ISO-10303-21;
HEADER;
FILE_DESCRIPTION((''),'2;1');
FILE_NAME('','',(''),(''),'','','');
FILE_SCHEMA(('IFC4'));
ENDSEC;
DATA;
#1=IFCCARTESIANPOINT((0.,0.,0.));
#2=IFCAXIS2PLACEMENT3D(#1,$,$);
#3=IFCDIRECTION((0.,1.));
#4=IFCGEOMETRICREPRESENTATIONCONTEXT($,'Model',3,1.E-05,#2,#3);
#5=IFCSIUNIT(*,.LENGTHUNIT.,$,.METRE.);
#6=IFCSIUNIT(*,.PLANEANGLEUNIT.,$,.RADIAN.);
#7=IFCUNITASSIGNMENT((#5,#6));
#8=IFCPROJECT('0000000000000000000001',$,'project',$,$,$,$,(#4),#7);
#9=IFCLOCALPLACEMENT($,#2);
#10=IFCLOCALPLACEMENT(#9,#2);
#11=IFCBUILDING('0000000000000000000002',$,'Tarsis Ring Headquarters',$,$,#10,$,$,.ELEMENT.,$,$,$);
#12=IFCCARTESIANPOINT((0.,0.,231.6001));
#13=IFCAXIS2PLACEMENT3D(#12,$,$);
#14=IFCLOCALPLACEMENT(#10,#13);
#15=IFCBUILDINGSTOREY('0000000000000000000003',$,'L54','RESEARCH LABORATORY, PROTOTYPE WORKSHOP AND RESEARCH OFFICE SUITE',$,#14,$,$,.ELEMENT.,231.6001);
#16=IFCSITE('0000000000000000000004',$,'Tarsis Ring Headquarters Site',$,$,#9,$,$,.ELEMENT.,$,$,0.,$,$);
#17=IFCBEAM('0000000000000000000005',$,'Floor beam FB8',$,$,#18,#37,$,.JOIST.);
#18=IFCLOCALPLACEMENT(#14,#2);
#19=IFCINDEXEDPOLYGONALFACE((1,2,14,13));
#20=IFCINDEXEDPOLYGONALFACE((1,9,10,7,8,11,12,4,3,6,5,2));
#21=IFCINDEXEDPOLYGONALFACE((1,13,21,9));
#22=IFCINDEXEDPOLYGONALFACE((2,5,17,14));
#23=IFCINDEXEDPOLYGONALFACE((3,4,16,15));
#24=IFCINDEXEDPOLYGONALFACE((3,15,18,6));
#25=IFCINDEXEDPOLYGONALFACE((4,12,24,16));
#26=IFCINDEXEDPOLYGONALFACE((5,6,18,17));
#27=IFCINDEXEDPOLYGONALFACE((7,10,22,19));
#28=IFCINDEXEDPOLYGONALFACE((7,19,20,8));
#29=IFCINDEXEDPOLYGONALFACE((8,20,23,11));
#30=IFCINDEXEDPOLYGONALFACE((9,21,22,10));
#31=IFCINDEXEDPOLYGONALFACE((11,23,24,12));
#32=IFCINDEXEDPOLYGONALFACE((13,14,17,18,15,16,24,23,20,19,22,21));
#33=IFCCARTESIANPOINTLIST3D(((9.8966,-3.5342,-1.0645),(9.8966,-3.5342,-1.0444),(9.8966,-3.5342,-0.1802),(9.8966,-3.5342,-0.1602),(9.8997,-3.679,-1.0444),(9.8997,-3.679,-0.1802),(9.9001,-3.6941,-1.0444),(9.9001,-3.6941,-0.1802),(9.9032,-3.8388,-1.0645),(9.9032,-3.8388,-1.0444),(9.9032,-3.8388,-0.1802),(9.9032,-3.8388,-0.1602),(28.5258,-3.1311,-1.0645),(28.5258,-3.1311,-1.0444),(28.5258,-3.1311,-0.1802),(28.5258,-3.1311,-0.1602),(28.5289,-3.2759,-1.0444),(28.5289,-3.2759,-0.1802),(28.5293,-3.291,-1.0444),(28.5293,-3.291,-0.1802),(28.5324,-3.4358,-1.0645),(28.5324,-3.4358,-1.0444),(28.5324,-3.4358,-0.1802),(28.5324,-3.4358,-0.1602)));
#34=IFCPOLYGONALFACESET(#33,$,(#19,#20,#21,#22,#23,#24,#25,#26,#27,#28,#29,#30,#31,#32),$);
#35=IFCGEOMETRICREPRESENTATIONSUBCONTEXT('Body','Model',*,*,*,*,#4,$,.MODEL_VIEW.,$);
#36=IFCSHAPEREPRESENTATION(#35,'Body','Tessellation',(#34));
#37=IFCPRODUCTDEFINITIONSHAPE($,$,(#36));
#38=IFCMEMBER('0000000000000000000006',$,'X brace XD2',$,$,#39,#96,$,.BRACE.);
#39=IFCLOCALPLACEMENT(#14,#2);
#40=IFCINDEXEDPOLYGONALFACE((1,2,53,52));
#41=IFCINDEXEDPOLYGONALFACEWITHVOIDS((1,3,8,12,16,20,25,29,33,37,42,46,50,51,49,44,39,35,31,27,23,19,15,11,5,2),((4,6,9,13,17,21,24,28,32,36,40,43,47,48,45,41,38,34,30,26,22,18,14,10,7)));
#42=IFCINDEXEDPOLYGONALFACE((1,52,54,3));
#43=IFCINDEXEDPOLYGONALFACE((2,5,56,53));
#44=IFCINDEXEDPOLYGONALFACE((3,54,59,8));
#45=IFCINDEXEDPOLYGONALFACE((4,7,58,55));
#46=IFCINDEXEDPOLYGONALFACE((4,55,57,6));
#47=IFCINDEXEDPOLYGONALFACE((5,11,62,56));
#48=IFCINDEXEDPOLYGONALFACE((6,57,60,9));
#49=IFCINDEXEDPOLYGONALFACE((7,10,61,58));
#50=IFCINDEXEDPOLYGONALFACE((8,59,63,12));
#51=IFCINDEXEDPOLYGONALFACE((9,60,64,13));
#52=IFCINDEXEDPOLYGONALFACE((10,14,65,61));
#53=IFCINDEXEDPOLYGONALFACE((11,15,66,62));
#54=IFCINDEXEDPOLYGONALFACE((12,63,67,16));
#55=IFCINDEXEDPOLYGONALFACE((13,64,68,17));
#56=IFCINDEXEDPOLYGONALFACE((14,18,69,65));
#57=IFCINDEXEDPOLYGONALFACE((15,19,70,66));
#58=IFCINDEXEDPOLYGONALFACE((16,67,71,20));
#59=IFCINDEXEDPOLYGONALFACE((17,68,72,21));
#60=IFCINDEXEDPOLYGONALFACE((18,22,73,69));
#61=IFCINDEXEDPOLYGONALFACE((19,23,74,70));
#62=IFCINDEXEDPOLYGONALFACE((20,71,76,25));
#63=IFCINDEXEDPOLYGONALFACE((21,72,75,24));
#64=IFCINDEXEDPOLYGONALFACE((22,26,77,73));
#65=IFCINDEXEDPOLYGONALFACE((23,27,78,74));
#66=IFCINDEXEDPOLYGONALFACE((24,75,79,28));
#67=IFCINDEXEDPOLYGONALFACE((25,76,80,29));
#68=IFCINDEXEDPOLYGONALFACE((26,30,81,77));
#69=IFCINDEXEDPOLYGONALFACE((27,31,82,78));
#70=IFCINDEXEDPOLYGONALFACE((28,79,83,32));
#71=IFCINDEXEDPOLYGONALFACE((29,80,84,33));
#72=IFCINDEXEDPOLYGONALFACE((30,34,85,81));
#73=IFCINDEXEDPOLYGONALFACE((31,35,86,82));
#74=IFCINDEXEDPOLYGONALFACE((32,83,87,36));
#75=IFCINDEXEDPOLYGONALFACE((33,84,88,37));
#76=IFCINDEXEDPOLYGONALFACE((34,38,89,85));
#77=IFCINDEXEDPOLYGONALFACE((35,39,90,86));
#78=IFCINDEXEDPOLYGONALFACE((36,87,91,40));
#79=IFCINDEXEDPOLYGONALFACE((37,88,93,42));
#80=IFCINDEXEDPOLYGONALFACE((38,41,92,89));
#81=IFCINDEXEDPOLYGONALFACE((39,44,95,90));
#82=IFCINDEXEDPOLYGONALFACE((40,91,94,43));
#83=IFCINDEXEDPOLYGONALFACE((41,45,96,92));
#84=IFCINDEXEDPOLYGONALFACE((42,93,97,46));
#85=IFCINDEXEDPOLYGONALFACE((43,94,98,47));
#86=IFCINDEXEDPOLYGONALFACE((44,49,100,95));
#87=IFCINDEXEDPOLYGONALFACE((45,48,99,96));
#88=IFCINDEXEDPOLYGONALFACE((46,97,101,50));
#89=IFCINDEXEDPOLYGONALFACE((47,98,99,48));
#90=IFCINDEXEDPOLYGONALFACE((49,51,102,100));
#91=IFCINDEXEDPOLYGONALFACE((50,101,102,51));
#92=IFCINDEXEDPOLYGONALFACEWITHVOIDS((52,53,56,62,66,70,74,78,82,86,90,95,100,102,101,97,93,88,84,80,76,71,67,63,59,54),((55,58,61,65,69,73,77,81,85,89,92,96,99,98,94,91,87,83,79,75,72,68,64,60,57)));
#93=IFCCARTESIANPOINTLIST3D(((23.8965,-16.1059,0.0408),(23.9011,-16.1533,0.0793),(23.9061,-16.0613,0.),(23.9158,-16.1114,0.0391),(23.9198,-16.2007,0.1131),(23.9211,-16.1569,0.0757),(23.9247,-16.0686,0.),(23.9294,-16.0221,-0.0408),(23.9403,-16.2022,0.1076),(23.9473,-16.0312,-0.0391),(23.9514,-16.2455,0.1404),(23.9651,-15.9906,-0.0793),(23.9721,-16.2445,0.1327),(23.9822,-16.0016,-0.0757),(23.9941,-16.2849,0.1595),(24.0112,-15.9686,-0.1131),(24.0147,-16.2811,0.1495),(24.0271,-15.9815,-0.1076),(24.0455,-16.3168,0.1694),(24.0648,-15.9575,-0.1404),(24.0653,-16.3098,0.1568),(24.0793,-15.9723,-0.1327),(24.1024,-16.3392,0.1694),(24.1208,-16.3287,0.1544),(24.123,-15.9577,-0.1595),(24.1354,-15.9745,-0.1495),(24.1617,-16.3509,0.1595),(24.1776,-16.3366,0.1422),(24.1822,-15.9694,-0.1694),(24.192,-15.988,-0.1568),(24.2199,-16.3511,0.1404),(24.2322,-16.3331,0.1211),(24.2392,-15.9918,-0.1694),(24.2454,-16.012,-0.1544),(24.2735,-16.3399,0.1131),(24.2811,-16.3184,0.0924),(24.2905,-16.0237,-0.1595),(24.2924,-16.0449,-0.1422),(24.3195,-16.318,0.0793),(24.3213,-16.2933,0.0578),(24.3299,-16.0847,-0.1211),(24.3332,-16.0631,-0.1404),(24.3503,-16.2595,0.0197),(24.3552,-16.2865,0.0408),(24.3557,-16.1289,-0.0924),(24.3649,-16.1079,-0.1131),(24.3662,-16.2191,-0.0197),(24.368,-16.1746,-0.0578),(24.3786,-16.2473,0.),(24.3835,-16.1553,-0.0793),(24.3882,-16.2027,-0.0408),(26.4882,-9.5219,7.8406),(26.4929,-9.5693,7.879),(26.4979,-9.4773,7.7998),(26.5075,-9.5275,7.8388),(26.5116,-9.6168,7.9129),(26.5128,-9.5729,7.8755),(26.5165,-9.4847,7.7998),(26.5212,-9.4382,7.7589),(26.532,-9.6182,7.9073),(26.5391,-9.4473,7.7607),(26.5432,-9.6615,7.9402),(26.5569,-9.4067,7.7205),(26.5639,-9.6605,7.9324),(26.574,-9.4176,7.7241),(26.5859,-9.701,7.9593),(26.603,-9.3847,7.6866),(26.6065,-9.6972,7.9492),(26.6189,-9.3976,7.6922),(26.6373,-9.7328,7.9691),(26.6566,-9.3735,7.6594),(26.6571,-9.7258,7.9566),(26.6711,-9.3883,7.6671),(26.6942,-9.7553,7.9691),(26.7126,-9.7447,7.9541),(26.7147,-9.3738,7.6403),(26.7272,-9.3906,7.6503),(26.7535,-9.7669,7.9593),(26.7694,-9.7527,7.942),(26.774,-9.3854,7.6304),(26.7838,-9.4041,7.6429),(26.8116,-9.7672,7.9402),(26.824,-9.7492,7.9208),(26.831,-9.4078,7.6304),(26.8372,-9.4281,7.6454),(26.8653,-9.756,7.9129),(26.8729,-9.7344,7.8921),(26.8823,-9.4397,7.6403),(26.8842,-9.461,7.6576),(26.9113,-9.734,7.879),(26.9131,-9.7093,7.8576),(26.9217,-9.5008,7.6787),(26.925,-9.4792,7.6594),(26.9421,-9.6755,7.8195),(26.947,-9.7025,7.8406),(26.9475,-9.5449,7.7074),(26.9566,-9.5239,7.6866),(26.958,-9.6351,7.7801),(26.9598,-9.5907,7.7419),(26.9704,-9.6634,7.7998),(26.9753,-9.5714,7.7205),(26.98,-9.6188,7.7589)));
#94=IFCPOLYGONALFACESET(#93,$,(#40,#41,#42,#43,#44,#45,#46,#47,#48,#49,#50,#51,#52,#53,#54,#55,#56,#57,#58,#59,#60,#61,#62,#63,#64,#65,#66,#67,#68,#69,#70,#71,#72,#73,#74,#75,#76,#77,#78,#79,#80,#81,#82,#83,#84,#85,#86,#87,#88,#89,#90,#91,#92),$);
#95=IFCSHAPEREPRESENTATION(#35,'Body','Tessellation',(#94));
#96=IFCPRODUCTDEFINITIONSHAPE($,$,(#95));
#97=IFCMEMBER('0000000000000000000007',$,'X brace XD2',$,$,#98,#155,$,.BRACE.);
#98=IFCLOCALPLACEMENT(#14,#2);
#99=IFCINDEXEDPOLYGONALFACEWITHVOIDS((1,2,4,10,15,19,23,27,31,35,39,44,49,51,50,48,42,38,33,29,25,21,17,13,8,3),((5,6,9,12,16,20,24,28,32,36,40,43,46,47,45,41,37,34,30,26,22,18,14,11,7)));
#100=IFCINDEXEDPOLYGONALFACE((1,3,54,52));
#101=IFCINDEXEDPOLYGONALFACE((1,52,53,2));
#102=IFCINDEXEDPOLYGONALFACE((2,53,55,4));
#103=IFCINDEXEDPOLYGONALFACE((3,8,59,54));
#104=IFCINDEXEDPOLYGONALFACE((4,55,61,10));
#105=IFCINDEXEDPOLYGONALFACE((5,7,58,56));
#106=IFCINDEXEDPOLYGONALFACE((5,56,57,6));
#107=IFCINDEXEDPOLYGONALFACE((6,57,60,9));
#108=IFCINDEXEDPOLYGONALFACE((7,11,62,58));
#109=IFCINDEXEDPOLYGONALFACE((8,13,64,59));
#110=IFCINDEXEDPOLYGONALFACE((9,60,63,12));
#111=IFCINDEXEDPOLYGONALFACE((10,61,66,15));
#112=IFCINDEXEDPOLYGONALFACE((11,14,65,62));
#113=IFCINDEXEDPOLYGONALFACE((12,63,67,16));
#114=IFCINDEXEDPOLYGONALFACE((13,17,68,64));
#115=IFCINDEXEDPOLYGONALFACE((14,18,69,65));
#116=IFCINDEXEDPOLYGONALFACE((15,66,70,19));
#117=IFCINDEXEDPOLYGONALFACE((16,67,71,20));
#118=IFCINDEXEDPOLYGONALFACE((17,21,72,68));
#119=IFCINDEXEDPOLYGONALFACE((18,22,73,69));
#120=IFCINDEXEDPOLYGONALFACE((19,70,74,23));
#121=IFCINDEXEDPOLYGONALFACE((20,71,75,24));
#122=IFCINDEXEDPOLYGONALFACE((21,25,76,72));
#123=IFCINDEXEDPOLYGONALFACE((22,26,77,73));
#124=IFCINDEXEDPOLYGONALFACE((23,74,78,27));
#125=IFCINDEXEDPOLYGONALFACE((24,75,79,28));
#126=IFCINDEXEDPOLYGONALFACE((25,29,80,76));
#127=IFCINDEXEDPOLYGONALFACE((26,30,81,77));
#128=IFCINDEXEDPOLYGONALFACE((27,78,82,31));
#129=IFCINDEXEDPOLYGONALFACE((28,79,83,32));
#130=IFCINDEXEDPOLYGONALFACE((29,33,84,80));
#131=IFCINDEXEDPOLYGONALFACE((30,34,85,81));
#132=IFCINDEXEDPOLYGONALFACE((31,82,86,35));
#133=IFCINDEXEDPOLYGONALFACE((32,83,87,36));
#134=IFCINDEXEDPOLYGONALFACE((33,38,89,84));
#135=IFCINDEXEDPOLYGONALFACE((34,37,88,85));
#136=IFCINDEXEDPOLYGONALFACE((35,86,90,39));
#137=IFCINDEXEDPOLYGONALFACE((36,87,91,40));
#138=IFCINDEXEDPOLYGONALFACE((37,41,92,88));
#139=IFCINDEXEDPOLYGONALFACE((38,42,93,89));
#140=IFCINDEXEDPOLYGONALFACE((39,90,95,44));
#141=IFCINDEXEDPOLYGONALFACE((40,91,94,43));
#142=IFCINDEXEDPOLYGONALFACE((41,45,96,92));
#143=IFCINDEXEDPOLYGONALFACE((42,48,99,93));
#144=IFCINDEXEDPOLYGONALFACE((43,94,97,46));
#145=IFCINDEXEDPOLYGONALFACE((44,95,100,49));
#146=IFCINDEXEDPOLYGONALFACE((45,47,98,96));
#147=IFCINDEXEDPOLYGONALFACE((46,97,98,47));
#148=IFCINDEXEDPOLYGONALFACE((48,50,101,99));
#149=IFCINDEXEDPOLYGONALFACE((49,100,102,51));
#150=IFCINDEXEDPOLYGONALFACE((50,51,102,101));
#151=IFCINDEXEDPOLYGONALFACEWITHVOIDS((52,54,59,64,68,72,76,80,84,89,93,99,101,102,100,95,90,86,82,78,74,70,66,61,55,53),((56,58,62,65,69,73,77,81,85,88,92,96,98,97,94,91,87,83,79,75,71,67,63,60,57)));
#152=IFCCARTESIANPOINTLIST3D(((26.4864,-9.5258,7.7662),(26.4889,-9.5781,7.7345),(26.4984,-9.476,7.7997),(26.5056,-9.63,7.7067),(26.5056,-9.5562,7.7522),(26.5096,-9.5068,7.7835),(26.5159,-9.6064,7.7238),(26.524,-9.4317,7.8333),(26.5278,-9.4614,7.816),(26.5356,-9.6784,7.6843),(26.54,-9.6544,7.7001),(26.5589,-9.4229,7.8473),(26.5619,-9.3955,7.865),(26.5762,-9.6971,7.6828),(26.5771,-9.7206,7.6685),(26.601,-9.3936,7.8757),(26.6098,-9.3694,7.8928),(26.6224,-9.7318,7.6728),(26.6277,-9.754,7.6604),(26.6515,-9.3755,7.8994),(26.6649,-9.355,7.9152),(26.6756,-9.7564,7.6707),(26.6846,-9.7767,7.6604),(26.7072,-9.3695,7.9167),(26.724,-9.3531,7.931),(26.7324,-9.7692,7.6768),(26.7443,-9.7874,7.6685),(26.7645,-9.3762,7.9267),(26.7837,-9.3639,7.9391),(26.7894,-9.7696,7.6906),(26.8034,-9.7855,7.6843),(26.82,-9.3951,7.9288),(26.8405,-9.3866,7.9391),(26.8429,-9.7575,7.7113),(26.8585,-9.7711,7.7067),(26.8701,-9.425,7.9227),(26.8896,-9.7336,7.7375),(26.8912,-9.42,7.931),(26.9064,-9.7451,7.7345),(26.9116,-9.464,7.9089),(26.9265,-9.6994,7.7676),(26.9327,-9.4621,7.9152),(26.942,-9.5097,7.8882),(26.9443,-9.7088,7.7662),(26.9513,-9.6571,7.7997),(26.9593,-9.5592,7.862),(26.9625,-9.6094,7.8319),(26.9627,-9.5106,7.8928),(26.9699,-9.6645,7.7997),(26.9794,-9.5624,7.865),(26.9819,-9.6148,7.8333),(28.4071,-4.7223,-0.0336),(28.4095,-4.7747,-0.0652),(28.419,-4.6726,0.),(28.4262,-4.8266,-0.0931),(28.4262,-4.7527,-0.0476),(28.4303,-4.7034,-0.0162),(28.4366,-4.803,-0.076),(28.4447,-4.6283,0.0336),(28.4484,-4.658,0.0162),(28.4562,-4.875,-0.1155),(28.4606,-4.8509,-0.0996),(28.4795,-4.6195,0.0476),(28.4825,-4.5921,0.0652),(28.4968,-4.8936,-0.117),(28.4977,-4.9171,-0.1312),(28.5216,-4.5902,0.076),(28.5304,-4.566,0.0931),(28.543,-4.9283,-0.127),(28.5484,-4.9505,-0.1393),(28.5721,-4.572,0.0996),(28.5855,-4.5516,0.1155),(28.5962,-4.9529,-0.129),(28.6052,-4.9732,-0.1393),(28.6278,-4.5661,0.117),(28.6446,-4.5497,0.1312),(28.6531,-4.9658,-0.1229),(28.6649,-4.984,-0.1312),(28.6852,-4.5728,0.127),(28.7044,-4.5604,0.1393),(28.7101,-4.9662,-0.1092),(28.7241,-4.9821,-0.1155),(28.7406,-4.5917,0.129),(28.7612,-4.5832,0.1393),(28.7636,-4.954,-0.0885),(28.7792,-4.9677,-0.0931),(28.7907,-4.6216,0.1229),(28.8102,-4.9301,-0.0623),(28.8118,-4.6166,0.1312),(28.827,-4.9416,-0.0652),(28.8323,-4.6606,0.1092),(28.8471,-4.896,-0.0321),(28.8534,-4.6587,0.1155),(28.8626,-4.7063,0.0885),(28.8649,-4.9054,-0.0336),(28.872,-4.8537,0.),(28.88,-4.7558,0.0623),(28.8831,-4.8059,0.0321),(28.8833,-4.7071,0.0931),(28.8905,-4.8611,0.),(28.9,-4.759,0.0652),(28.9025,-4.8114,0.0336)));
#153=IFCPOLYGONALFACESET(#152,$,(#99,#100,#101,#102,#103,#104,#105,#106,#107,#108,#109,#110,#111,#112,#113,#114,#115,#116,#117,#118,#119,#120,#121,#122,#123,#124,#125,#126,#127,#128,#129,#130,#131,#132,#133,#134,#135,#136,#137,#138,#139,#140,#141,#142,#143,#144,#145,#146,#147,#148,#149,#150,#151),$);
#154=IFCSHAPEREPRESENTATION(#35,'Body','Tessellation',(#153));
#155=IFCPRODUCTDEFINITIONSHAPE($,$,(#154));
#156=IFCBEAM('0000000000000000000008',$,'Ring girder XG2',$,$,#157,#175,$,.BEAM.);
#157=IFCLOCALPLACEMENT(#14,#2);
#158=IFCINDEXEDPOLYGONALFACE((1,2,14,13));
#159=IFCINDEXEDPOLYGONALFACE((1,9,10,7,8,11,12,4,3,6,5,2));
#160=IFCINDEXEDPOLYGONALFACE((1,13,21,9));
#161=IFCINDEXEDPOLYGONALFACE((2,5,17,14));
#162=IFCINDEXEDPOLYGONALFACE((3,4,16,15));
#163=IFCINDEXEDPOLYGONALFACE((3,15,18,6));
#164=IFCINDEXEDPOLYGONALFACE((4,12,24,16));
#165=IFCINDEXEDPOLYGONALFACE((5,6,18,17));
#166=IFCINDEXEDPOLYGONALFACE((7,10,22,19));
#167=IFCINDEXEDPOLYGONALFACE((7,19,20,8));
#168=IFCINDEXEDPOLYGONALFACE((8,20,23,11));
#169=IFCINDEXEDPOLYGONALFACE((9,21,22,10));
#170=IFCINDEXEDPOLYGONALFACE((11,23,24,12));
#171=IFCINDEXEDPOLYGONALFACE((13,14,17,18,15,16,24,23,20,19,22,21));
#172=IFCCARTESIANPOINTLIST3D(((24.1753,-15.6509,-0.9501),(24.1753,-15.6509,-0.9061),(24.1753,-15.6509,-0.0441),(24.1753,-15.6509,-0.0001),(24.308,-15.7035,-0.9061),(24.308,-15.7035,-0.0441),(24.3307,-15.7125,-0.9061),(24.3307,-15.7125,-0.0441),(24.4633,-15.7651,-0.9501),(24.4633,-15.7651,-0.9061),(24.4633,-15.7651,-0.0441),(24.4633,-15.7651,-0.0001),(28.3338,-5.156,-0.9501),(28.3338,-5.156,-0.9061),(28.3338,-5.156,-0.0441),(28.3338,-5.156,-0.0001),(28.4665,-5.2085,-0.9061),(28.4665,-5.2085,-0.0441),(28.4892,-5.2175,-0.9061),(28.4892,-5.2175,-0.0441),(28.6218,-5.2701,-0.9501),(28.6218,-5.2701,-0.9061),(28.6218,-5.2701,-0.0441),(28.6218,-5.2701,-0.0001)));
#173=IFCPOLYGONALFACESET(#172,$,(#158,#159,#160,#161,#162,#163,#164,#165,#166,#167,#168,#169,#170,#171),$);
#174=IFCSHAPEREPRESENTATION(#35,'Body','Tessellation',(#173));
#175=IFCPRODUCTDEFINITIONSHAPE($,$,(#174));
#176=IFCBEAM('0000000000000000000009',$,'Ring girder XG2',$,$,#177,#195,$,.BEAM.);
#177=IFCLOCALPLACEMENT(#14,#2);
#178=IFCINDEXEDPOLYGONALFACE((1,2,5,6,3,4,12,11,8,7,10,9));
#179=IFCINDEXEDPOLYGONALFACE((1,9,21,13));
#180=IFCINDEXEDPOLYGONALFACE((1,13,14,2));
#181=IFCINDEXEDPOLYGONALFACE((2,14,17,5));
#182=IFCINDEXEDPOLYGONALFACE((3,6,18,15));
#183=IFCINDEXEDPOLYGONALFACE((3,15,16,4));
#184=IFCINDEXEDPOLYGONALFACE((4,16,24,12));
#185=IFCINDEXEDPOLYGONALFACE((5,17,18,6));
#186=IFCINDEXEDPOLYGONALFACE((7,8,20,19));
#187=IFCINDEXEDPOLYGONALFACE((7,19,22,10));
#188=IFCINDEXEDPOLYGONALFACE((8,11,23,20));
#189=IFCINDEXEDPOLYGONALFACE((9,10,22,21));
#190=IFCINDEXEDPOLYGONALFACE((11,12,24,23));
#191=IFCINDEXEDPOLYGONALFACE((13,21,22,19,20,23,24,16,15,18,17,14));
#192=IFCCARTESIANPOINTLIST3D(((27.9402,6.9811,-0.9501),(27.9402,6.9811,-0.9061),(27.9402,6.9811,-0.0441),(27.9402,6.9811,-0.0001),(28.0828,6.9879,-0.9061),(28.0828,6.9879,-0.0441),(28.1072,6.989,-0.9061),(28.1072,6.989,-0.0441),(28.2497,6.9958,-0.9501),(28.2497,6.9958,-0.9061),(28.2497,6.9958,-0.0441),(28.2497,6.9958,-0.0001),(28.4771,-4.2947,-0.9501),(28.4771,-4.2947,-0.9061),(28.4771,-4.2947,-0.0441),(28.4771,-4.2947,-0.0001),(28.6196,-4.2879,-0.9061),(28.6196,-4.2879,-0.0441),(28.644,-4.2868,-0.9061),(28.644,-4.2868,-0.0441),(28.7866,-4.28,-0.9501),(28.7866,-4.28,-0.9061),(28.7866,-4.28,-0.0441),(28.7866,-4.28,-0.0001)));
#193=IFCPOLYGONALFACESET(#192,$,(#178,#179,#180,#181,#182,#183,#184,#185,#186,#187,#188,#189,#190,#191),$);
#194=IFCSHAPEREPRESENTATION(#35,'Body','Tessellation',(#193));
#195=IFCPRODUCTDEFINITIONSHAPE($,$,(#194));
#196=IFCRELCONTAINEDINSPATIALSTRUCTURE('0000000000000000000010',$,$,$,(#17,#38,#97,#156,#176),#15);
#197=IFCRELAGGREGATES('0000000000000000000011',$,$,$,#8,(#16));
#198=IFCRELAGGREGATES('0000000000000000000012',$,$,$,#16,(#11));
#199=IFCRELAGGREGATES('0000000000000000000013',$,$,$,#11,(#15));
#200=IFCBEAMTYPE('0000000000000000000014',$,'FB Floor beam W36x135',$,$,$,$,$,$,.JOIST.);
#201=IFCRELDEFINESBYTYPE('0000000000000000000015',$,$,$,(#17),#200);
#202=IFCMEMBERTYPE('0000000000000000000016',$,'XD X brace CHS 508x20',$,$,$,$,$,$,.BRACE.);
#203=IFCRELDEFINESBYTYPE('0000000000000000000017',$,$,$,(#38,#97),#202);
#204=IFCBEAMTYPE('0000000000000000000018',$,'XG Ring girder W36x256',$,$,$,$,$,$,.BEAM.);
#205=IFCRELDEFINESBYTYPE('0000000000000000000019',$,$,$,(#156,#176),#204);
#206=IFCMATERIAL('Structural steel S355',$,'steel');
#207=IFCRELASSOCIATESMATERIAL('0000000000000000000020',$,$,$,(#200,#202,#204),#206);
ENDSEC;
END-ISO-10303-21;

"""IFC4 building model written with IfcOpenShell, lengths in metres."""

from ifc_helpers import new_model, si_unit, direction, frame, origin, origin_2d, place, context, subcontext, project, spatial, hollow_circle, i_section, extrude, material, material_profile, profile_set, type_object, element, save


model = new_model("IFC4")

# Units and contexts
model_context = context("Model", 3, precision=1e-05, world=origin(), true_north=direction((0.0, 1.0)))
body_context = subcontext(model_context, "Body", "Model", "MODEL_VIEW")
ifc_project = project(units=[si_unit("LENGTHUNIT", "METRE"), si_unit("PLANEANGLEUNIT", "RADIAN")], contexts=[model_context])

# Site, building, storey
site_placement = place(None, origin())
site = spatial("IfcSite", under=ifc_project, at=site_placement, Name="Tarsis Ring Headquarters Site", CompositionType="ELEMENT", RefElevation=0.0)
building_placement = place(site_placement, origin())
building = spatial("IfcBuilding", under=site, at=building_placement, Name="Tarsis Ring Headquarters", CompositionType="ELEMENT")
storey_placement = place(building_placement, frame((0.0, 0.0, 231.6001)))
storey = spatial("IfcBuildingStorey", under=building, at=storey_placement, Name="L54", Description="RESEARCH LABORATORY, PROTOTYPE WORKSHOP AND RESEARCH OFFICE SUITE", CompositionType="ELEMENT", Elevation=231.6001)

# Shared definitions
ifc_material_1 = material(Name="Structural steel S355", Category="steel")

# Beam
ifc_material_profile_1 = material_profile(ifc_material_1, i_section(OverallWidth=0.3047, OverallDepth=0.9043, WebThickness=0.0151, FlangeThickness=0.02, at=origin_2d()), Name="W36x135")
ifc_profile_set_1 = profile_set([ifc_material_profile_1], Name="Structural steel S355")
beam_type_1 = type_object("IfcBeamType", Name="FB Floor beam W36x135", PredefinedType="JOIST", material=ifc_profile_set_1)
beam_1_placement = place(storey_placement, frame((9.8999, -3.6865, -0.6123), z_axis=(0.999766, 0.021632, 0.0), x_axis=(-0.021632, 0.999766, 0.0)))
element("IfcBeam", 1, at=beam_1_placement, inside=storey, type_object=beam_type_1, Name="Floor beam FB8", PredefinedType="JOIST", context=body_context, shape_type="SweptSolid", body=[
    extrude(i_section(OverallWidth=0.3047, OverallDepth=0.9043, WebThickness=0.0151, FlangeThickness=0.02, at=origin_2d()), origin(), (0.0, 0.0, 1.0), 18.6335),
])

# Members
ifc_material_profile_2 = material_profile(ifc_material_1, hollow_circle(Radius=0.2539, WallThickness=0.02, at=origin_2d()), Name="CHS 508x20")
ifc_profile_set_2 = profile_set([ifc_material_profile_2], Name="Structural steel S355")
member_type = type_object("IfcMemberType", Name="XD X brace CHS 508x20", PredefinedType="BRACE", material=ifc_profile_set_2)
member_1_placement = place(storey_placement, frame((24.1423, -16.1543, 0.0), z_axis=(0.24611, 0.625197, 0.740648), x_axis=(-0.9305, 0.366293, 0.0)))
element("IfcMember", 2, at=member_1_placement, inside=storey, type_object=member_type, Name="X brace XD2", PredefinedType="BRACE", context=body_context, shape_type="SweptSolid", body=[
    extrude(hollow_circle(Radius=0.2539, WallThickness=0.02, at=origin_2d()), origin(), (0.0, 0.0, 1.0), 10.531),
])
member_2_placement = place(storey_placement, frame((28.6548, -4.7668, 0.0), z_axis=(-0.20521, -0.513221, 0.833362), x_axis=(0.928526, -0.371269, 0.0)))
element("IfcMember", 3, at=member_2_placement, inside=storey, type_object=member_type, Name="X brace XD2", PredefinedType="BRACE", context=body_context, shape_type="SweptSolid", body=[
    extrude(hollow_circle(Radius=0.2539, WallThickness=0.02, at=origin_2d()), origin(), (0.0, 0.0, 1.0), 9.3594),
])

# Beams
ifc_material_profile_3 = material_profile(ifc_material_1, i_section(OverallWidth=0.3098, OverallDepth=0.95, WebThickness=0.0244, FlangeThickness=0.0439, at=origin_2d()), Name="W36x256")
ifc_profile_set_3 = profile_set([ifc_material_profile_3], Name="Structural steel S355")
beam_type_2 = type_object("IfcBeamType", Name="XG Ring girder W36x256", PredefinedType="BEAM", material=ifc_profile_set_3)
beam_2_placement = place(storey_placement, frame((24.3193, -15.708, -0.4751), z_axis=(0.368372, 0.929678, 0.0), x_axis=(-0.929678, 0.368372, 0.0)))
element("IfcBeam", 4, at=beam_2_placement, inside=storey, type_object=beam_type_2, Name="Ring girder XG2", PredefinedType="BEAM", context=body_context, shape_type="SweptSolid", body=[
    extrude(i_section(OverallWidth=0.3098, OverallDepth=0.95, WebThickness=0.0244, FlangeThickness=0.0439, at=origin_2d()), origin(), (0.0, 0.0, 1.0), 11.2888),
])
beam_3_placement = place(storey_placement, frame((28.6318, -4.2874, -0.4751), z_axis=(-0.047558, 0.998868, 0.0), x_axis=(-0.998868, -0.047558, 0.0)))
element("IfcBeam", 5, at=beam_3_placement, inside=storey, type_object=beam_type_2, Name="Ring girder XG2", PredefinedType="BEAM", context=body_context, shape_type="SweptSolid", body=[
    extrude(i_section(OverallWidth=0.3098, OverallDepth=0.95, WebThickness=0.0244, FlangeThickness=0.0439, at=origin_2d()), origin(), (0.0, 0.0, 1.0), 11.2886),
])

save(model, "model.ifc")
